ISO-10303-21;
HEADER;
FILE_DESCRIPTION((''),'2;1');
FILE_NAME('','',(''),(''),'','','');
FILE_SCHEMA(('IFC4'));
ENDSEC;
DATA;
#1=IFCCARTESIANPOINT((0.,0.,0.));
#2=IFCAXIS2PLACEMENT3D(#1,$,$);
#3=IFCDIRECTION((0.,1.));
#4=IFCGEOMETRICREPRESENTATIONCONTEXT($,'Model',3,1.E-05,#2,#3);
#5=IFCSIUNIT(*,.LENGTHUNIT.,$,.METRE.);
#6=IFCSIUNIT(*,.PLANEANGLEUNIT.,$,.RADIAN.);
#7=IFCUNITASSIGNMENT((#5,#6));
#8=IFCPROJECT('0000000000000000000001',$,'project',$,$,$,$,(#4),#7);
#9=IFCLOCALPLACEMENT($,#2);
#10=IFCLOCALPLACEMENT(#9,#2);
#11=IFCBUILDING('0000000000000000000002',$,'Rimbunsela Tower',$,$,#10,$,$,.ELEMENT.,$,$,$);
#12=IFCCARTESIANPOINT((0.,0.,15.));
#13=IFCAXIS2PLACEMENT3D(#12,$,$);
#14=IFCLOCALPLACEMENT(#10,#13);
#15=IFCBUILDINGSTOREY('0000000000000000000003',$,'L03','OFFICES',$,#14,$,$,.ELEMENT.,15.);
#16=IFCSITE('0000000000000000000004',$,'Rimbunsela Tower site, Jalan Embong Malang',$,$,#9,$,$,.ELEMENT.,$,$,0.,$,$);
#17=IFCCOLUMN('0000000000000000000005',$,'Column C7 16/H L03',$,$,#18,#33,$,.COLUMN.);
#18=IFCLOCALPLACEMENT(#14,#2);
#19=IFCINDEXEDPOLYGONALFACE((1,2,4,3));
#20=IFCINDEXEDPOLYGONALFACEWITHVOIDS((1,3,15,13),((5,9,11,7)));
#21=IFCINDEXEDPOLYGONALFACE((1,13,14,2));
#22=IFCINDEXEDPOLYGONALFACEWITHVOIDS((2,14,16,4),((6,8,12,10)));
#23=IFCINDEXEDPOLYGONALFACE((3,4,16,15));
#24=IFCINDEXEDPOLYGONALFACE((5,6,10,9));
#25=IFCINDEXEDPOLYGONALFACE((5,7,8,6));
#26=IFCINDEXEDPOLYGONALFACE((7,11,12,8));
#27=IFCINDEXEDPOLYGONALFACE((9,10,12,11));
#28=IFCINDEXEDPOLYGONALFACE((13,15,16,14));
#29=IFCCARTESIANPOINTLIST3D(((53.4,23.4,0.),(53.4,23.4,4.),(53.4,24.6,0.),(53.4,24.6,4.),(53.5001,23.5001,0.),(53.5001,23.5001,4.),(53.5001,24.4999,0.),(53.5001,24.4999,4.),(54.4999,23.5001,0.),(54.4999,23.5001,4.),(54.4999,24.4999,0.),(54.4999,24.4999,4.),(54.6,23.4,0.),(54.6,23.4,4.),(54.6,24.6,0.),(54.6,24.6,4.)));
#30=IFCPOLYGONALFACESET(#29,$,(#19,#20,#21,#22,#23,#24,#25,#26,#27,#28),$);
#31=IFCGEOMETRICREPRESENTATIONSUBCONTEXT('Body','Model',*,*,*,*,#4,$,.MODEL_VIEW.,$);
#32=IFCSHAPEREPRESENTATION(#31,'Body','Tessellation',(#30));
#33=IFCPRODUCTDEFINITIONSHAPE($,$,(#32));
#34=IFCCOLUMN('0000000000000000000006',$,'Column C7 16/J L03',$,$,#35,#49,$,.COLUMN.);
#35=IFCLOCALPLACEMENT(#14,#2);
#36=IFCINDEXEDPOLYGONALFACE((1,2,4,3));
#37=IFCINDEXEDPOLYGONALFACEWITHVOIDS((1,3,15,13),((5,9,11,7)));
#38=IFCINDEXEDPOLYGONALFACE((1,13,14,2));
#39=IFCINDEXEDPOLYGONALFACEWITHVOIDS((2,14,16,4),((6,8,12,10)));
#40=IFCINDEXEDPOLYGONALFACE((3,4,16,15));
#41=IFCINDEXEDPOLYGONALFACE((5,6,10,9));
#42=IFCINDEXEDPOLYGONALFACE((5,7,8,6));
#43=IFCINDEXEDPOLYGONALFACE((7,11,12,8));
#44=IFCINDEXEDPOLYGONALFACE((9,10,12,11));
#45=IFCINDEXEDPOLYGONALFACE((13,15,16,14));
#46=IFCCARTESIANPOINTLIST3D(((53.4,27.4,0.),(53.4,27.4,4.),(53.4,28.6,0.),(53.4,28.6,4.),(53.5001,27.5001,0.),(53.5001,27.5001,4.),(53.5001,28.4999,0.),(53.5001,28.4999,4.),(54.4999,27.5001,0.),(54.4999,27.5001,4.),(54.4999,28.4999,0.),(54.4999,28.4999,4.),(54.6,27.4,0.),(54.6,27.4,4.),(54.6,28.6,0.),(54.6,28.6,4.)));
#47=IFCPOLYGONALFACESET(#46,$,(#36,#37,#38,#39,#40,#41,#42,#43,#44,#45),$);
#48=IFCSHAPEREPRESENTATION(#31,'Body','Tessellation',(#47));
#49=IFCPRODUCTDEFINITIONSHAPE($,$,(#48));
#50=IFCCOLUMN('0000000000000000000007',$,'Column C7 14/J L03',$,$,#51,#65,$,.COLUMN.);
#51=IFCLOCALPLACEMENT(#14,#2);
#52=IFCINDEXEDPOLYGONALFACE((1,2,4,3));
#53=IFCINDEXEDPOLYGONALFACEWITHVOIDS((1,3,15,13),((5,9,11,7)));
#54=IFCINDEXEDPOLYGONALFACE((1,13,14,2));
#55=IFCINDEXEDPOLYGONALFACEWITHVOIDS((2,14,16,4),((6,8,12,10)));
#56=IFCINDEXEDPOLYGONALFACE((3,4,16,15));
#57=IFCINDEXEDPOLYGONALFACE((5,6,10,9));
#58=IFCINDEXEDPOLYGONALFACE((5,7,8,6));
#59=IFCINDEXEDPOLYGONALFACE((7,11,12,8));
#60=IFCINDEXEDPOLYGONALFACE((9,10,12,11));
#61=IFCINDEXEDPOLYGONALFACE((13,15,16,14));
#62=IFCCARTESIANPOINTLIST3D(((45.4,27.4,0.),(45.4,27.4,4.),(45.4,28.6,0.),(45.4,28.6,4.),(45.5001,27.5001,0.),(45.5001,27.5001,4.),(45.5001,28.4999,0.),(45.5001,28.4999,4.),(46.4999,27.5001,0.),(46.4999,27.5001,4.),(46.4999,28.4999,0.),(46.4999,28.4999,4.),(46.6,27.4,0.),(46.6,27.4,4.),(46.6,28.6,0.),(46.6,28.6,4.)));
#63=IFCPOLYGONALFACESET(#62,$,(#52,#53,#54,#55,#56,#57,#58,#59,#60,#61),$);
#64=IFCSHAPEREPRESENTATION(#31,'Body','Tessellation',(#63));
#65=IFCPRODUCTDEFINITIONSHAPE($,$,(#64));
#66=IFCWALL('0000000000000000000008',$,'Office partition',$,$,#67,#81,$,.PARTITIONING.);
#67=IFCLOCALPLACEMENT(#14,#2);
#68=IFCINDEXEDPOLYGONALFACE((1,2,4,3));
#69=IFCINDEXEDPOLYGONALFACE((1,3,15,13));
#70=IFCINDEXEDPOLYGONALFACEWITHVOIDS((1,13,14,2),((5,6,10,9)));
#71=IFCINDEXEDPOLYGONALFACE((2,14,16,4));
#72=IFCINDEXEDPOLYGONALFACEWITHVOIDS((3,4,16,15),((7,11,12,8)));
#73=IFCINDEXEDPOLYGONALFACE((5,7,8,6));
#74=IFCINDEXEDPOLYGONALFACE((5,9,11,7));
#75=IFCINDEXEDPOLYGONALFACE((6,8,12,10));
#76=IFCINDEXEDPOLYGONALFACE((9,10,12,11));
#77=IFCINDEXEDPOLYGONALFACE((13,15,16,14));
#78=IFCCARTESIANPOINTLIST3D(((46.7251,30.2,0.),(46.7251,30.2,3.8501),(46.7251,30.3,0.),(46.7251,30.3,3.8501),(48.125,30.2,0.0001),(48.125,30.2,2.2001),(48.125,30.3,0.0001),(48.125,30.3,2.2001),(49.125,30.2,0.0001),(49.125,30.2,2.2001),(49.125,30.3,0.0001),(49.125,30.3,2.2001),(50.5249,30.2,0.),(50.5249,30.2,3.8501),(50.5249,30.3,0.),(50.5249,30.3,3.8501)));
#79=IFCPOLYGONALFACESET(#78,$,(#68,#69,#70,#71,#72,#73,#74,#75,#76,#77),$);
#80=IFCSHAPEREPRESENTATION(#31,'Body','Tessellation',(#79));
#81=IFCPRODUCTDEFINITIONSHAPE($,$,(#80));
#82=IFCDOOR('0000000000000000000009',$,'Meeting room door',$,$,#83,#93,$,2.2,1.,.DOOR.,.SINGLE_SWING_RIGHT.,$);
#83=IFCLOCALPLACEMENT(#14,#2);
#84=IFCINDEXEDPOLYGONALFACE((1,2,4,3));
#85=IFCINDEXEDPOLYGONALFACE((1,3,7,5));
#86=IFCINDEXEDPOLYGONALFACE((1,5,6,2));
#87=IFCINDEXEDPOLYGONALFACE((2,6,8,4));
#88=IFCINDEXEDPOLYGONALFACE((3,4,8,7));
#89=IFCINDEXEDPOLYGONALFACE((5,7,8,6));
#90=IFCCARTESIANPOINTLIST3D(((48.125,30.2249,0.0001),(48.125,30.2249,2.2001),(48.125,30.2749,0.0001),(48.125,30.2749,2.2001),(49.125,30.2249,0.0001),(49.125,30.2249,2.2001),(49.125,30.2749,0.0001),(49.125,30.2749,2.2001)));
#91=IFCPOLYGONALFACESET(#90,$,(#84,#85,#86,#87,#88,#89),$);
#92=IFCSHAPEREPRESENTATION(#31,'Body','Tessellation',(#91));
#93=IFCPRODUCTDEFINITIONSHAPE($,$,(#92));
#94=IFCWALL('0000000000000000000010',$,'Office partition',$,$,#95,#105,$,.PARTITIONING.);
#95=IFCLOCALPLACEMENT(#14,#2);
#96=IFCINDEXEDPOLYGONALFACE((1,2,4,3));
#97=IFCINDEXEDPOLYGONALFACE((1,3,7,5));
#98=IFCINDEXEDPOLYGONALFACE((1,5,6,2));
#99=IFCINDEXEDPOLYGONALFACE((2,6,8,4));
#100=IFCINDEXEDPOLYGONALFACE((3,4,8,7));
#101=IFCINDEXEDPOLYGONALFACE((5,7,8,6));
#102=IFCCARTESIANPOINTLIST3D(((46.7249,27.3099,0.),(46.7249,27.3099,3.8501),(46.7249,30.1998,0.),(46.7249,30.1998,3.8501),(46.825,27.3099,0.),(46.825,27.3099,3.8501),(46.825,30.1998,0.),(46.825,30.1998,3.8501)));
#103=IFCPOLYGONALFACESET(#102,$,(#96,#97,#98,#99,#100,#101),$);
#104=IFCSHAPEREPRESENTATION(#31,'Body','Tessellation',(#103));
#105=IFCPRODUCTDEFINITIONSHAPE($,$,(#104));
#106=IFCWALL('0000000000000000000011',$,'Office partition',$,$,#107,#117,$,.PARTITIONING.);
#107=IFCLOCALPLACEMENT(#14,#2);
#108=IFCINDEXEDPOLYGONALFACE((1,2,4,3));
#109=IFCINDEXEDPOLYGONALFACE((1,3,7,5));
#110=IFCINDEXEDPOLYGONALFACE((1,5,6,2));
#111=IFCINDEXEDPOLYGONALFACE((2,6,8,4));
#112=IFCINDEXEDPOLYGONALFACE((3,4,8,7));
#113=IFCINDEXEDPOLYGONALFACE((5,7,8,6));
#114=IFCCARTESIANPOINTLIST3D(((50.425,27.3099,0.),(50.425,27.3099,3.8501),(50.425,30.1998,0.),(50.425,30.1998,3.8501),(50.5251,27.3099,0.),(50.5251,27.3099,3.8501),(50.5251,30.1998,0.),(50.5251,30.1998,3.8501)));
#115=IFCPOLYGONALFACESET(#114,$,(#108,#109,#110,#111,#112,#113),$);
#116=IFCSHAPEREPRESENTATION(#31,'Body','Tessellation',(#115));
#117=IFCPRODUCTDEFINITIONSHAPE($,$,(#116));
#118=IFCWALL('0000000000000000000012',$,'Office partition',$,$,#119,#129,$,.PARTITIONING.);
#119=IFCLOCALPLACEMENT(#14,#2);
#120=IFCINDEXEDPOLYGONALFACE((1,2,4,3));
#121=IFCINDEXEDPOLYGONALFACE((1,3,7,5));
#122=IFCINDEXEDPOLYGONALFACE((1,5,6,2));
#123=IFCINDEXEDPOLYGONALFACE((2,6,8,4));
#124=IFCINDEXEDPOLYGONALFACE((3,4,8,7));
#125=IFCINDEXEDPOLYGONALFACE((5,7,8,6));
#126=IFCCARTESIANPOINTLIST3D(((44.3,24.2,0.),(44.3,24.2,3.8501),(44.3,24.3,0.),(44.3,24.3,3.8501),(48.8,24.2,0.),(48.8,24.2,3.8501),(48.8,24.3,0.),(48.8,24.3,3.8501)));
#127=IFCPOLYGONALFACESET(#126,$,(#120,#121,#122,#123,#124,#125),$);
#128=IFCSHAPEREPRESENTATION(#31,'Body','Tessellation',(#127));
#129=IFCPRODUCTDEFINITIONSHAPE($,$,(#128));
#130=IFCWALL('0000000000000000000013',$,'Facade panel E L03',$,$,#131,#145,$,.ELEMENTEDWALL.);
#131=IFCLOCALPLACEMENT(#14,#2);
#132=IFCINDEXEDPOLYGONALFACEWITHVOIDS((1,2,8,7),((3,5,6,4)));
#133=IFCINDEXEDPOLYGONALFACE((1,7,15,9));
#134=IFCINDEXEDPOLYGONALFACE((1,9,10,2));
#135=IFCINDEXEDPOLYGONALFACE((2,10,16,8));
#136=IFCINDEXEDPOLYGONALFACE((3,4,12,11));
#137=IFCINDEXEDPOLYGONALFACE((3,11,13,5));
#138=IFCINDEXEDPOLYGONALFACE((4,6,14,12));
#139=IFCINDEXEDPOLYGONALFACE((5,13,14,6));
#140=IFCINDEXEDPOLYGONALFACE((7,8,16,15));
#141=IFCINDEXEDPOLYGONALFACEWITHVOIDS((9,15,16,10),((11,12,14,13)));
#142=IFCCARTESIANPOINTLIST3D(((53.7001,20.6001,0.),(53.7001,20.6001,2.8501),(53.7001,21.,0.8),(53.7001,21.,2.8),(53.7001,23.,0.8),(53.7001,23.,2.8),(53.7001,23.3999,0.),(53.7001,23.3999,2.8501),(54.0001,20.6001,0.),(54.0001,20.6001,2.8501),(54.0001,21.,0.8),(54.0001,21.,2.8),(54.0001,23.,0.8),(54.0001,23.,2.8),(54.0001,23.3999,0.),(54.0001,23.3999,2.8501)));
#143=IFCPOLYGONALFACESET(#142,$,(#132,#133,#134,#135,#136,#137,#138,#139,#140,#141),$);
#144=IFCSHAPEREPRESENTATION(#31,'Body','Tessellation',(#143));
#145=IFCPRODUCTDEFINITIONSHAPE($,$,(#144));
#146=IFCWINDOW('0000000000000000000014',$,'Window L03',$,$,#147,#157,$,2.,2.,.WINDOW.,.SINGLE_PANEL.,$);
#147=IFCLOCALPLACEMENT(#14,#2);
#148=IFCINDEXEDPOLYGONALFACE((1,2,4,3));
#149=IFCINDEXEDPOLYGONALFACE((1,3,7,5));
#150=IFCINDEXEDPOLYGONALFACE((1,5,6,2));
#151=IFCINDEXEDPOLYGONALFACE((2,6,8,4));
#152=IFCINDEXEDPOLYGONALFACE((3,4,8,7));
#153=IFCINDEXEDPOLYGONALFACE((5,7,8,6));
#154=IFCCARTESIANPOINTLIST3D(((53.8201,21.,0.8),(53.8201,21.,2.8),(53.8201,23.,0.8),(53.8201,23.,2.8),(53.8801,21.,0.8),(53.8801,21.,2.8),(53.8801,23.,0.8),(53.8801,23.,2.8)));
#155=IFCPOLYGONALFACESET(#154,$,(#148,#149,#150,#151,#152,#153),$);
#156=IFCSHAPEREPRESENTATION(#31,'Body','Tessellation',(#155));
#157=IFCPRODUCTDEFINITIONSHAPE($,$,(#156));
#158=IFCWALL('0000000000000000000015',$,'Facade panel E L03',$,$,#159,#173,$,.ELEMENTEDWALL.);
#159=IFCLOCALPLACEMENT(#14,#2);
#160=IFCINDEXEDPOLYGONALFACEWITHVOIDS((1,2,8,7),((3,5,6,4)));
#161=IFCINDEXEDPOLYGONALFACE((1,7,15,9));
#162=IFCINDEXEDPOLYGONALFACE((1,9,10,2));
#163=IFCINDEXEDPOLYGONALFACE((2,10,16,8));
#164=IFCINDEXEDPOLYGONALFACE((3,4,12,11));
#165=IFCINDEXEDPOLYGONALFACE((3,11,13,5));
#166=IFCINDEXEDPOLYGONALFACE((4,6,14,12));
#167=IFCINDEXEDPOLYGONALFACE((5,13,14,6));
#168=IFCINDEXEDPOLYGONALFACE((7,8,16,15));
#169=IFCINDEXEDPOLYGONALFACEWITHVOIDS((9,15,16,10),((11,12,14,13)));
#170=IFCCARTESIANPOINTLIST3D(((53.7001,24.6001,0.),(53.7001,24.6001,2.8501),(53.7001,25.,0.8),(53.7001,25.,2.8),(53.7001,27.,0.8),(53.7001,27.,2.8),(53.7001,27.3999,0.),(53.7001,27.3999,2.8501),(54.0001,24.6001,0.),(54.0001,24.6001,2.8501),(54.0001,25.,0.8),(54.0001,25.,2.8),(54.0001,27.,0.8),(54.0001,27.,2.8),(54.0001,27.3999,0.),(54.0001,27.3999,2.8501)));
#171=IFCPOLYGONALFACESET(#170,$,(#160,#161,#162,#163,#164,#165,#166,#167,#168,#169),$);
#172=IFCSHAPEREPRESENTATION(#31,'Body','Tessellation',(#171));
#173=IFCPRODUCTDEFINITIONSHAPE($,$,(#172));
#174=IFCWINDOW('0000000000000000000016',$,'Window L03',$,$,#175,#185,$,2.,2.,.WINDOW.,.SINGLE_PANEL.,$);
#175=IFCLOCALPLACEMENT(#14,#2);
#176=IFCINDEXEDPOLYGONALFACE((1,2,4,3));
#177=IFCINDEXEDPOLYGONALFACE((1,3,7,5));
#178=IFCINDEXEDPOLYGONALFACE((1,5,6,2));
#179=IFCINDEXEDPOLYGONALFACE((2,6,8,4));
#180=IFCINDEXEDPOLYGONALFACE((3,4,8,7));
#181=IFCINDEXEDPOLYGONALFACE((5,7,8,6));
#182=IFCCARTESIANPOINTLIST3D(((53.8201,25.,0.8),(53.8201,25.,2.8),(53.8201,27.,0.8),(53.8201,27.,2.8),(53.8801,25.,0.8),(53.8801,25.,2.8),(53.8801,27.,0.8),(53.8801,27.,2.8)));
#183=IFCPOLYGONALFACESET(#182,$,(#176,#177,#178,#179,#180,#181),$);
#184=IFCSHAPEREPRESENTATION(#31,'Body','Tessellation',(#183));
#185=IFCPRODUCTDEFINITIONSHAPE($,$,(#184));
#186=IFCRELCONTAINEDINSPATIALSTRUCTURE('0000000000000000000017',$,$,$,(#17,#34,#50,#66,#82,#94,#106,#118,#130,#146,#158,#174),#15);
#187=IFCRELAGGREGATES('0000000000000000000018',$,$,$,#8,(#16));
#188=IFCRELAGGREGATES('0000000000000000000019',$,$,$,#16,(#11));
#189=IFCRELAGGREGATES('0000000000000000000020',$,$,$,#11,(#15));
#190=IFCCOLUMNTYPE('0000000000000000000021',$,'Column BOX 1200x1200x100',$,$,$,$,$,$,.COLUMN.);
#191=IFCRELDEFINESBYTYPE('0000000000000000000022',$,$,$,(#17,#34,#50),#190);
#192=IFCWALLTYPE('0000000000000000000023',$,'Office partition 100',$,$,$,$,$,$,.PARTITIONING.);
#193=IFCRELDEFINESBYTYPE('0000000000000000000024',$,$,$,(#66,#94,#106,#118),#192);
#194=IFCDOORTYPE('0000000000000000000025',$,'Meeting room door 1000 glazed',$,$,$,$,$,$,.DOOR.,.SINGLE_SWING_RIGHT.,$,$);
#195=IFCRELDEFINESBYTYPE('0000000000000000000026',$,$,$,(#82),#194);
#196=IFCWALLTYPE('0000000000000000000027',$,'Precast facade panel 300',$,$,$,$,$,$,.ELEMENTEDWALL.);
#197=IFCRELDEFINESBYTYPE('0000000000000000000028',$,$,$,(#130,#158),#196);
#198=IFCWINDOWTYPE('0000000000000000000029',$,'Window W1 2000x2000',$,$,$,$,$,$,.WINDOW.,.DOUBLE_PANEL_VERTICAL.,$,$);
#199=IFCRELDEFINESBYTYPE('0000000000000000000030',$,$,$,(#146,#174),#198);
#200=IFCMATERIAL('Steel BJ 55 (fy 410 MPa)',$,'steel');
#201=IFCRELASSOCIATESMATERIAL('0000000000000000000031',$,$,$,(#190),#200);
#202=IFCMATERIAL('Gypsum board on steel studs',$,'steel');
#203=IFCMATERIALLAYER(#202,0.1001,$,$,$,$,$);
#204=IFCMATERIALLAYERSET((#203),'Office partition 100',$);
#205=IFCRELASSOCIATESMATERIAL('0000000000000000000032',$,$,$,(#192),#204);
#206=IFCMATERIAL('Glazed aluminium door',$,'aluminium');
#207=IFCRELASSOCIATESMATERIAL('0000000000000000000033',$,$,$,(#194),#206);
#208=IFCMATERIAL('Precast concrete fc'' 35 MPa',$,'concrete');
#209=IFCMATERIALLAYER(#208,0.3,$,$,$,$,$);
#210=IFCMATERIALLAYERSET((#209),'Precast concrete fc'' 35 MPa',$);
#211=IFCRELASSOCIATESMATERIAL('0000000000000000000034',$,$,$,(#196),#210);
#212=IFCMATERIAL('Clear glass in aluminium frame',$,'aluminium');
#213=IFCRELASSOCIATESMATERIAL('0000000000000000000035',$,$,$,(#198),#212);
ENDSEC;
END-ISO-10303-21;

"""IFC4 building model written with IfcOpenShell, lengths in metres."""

from ifc_helpers import new_model, si_unit, direction, frame, frame_2d, origin, origin_2d, place, context, subcontext, project, spatial, rectangle, hollow_rectangle, extrude, material, layer, layer_set, material_profile, profile_set, type_object, element, fill, save


model = new_model("IFC4")

# Units and contexts
model_context = context("Model", 3, precision=1e-05, world=origin(), true_north=direction((0.0, 1.0)))
body_context = subcontext(model_context, "Body", "Model", "MODEL_VIEW")
ifc_project = project(units=[si_unit("LENGTHUNIT", "METRE"), si_unit("PLANEANGLEUNIT", "RADIAN")], contexts=[model_context])

# Site, building, storey
site_placement = place(None, origin())
site = spatial("IfcSite", under=ifc_project, at=site_placement, Name="Rimbunsela Tower site, Jalan Embong Malang", CompositionType="ELEMENT", RefElevation=0.0)
building_placement = place(site_placement, origin())
building = spatial("IfcBuilding", under=site, at=building_placement, Name="Rimbunsela Tower", CompositionType="ELEMENT")
storey_placement = place(building_placement, frame((0.0, 0.0, 15.0)))
storey = spatial("IfcBuildingStorey", under=building, at=storey_placement, Name="L03", Description="OFFICES", CompositionType="ELEMENT", Elevation=15.0)

# Columns
ifc_material_1 = material(Name="Steel BJ 55 (fy 410 MPa)", Category="steel")
ifc_material_profile = material_profile(ifc_material_1, hollow_rectangle(XDim=1.2, YDim=1.2, WallThickness=0.1001, at=origin_2d()), Name="BOX 1200x1200x100")
ifc_profile_set = profile_set([ifc_material_profile], Name="Steel BJ 55 (fy 410 MPa)")
column_type = type_object("IfcColumnType", Name="Column BOX 1200x1200x100", PredefinedType="COLUMN", material=ifc_profile_set)
for number, where, z_axis, x_axis, name in (
    (1, (54.0, 24.0, 0.0), (0.0, 0.0, 1.0), (1.0, 0.0, 0.0), "Column C7 16/H L03"),
    (2, (54.0, 28.0, 0.0), (0.0, 0.0, 1.0), (1.0, 0.0, 0.0), "Column C7 16/J L03"),
    (3, (46.0, 28.0, 0.0), (0.0, 0.0, 1.0), (1.0, 0.0, 0.0), "Column C7 14/J L03"),
):
    element("IfcColumn", number, at=place(storey_placement, frame(where, z_axis=z_axis, x_axis=x_axis)), inside=storey, type_object=column_type, Name=name, PredefinedType="COLUMN", context=body_context, shape_type="SweptSolid", body=[
        extrude(hollow_rectangle(XDim=1.2, YDim=1.2, WallThickness=0.1001, at=origin_2d()), origin(), (0.0, 0.0, 1.0), 4.0),
    ])

# Wall, opening, door
ifc_material_2 = material(Name="Gypsum board on steel studs", Category="steel")
ifc_layer_1 = layer(ifc_material_2, 0.1001)
ifc_layer_set_1 = layer_set([ifc_layer_1], Name="Office partition 100")
wall_type_1 = type_object("IfcWallType", Name="Office partition 100", PredefinedType="PARTITIONING", material=ifc_layer_set_1)
wall_1_placement = place(storey_placement, frame((46.7251, 30.25, 0.0), z_axis=(0.0, 0.0, 1.0), x_axis=(1.0, 0.0, 0.0)))
wall_1 = element("IfcWall", 4, at=wall_1_placement, inside=storey, type_object=wall_type_1, Name="Office partition", PredefinedType="PARTITIONING", context=body_context, shape_type="SweptSolid", body=[
    extrude(rectangle(XDim=3.7998, YDim=0.1001, at=frame_2d((1.8999, 0.0))), origin(), (0.0, 0.0, 1.0), 3.8501),
])
opening_1_placement = place(wall_1_placement, frame((1.3999, 0.0, 0.0)))
opening_1 = element("IfcOpeningElement", 5, at=opening_1_placement, cuts=wall_1, PredefinedType="OPENING", context=body_context, shape_type="SweptSolid", body=[
    extrude(rectangle(XDim=1.0, YDim=2.2, at=frame_2d((0.5, 1.1001))), frame((0.0, 0.0601, 0.0), z_axis=(0.0, -1.0, 0.0), x_axis=(1.0, 0.0, 0.0)), (0.0, 0.0, 1.0), 0.1201),
])
ifc_material_3 = material(Name="Glazed aluminium door", Category="aluminium")
door_type = type_object("IfcDoorType", Name="Meeting room door 1000 glazed", OperationType="SINGLE_SWING_RIGHT", PredefinedType="DOOR", material=ifc_material_3)
door_placement = place(opening_1_placement, origin())
door = element("IfcDoor", 6, at=door_placement, inside=storey, type_object=door_type, Name="Meeting room door", OperationType="SINGLE_SWING_RIGHT", OverallHeight=2.2, OverallWidth=1.0, PredefinedType="DOOR", context=body_context, shape_type="SweptSolid", body=[
    extrude(rectangle(XDim=1.0, YDim=2.2, at=frame_2d((0.5, 1.1001))), frame((0.0, 0.0249, 0.0), z_axis=(0.0, -1.0, 0.0), x_axis=(1.0, 0.0, 0.0)), (0.0, 0.0, 1.0), 0.05),
])
fill(opening_1, door)

# Walls
for number, where, z_axis, x_axis, name in (
    (7, (46.7749, 27.3101, 0.0), (0.0, 0.0, 1.0), (0.0, 1.0, 0.0), "Office partition"),
    (8, (50.4751, 27.3101, 0.0), (0.0, 0.0, 1.0), (0.0, 1.0, 0.0), "Office partition"),
):
    element("IfcWall", number, at=place(storey_placement, frame(where, z_axis=z_axis, x_axis=x_axis)), inside=storey, type_object=wall_type_1, Name=name, PredefinedType="PARTITIONING", context=body_context, shape_type="SweptSolid", body=[
        extrude(rectangle(XDim=2.8899, YDim=0.1001, at=frame_2d((1.4448, 0.0))), origin(), (0.0, 0.0, 1.0), 3.8501),
    ])
wall_2_placement = place(storey_placement, frame((48.8, 24.25, 0.0), z_axis=(0.0, 0.0, 1.0), x_axis=(-1.0, 0.0, 0.0)))
element("IfcWall", 9, at=wall_2_placement, inside=storey, type_object=wall_type_1, Name="Office partition", PredefinedType="PARTITIONING", context=body_context, shape_type="SweptSolid", body=[
    extrude(rectangle(XDim=4.5, YDim=0.1001, at=frame_2d((2.25, 0.0))), origin(), (0.0, 0.0, 1.0), 3.8501),
])

# Walls, openings, windows
ifc_material_4 = material(Name="Precast concrete fc' 35 MPa", Category="concrete")
ifc_layer_2 = layer(ifc_material_4, 0.3)
ifc_layer_set_2 = layer_set([ifc_layer_2], Name="Precast concrete fc' 35 MPa")
wall_type_2 = type_object("IfcWallType", Name="Precast facade panel 300", PredefinedType="ELEMENTEDWALL", material=ifc_layer_set_2)
wall_3_placement = place(storey_placement, frame((53.8501, 20.6001, 0.0), z_axis=(0.0, 0.0, 1.0), x_axis=(0.0, 1.0, 0.0)))
wall_3 = element("IfcWall", 10, at=wall_3_placement, inside=storey, type_object=wall_type_2, Name="Facade panel E L03", PredefinedType="ELEMENTEDWALL", context=body_context, shape_type="SweptSolid", body=[
    extrude(rectangle(XDim=2.7998, YDim=0.3, at=frame_2d((1.3999, 0.0))), origin(), (0.0, 0.0, 1.0), 2.8501),
])
opening_2_placement = place(wall_3_placement, frame((0.3999, 0.0, 0.8)))
opening_2 = element("IfcOpeningElement", 11, at=opening_2_placement, cuts=wall_3, PredefinedType="OPENING", context=body_context, shape_type="SweptSolid", body=[
    extrude(rectangle(XDim=2.0, YDim=2.0, at=frame_2d((1.0, 1.0))), frame((0.0, 0.1599, 0.0), z_axis=(0.0, -1.0, 0.0), x_axis=(1.0, 0.0, 0.0)), (0.0, 0.0, 1.0), 0.3201),
])
ifc_material_5 = material(Name="Clear glass in aluminium frame", Category="aluminium")
window_type = type_object("IfcWindowType", Name="Window W1 2000x2000", PartitioningType="DOUBLE_PANEL_VERTICAL", PredefinedType="WINDOW", material=ifc_material_5)
window_1_placement = place(opening_2_placement, origin())
window_1 = element("IfcWindow", 12, at=window_1_placement, inside=storey, type_object=window_type, Name="Window L03", OverallHeight=2.0, OverallWidth=2.0, PartitioningType="SINGLE_PANEL", PredefinedType="WINDOW", context=body_context, shape_type="SweptSolid", body=[
    extrude(rectangle(XDim=2.0, YDim=2.0, at=frame_2d((1.0, 1.0))), frame((0.0, 0.03, 0.0), z_axis=(0.0, -1.0, 0.0), x_axis=(1.0, 0.0, 0.0)), (0.0, 0.0, 1.0), 0.0601),
])
fill(opening_2, window_1)
wall_4_placement = place(storey_placement, frame((53.8501, 24.6001, 0.0), z_axis=(0.0, 0.0, 1.0), x_axis=(0.0, 1.0, 0.0)))
wall_4 = element("IfcWall", 13, at=wall_4_placement, inside=storey, type_object=wall_type_2, Name="Facade panel E L03", PredefinedType="ELEMENTEDWALL", context=body_context, shape_type="SweptSolid", body=[
    extrude(rectangle(XDim=2.7998, YDim=0.3, at=frame_2d((1.3999, 0.0))), origin(), (0.0, 0.0, 1.0), 2.8501),
])
opening_3_placement = place(wall_4_placement, frame((0.3999, 0.0, 0.8)))
opening_3 = element("IfcOpeningElement", 14, at=opening_3_placement, cuts=wall_4, PredefinedType="OPENING", context=body_context, shape_type="SweptSolid", body=[
    extrude(rectangle(XDim=2.0, YDim=2.0, at=frame_2d((1.0, 1.0))), frame((0.0, 0.1599, 0.0), z_axis=(0.0, -1.0, 0.0), x_axis=(1.0, 0.0, 0.0)), (0.0, 0.0, 1.0), 0.3201),
])
window_2_placement = place(opening_3_placement, origin())
window_2 = element("IfcWindow", 15, at=window_2_placement, inside=storey, type_object=window_type, Name="Window L03", OverallHeight=2.0, OverallWidth=2.0, PartitioningType="SINGLE_PANEL", PredefinedType="WINDOW", context=body_context, shape_type="SweptSolid", body=[
    extrude(rectangle(XDim=2.0, YDim=2.0, at=frame_2d((1.0, 1.0))), frame((0.0, 0.03, 0.0), z_axis=(0.0, -1.0, 0.0), x_axis=(1.0, 0.0, 0.0)), (0.0, 0.0, 1.0), 0.0601),
])
fill(opening_3, window_2)

save(model, "model.ifc")
